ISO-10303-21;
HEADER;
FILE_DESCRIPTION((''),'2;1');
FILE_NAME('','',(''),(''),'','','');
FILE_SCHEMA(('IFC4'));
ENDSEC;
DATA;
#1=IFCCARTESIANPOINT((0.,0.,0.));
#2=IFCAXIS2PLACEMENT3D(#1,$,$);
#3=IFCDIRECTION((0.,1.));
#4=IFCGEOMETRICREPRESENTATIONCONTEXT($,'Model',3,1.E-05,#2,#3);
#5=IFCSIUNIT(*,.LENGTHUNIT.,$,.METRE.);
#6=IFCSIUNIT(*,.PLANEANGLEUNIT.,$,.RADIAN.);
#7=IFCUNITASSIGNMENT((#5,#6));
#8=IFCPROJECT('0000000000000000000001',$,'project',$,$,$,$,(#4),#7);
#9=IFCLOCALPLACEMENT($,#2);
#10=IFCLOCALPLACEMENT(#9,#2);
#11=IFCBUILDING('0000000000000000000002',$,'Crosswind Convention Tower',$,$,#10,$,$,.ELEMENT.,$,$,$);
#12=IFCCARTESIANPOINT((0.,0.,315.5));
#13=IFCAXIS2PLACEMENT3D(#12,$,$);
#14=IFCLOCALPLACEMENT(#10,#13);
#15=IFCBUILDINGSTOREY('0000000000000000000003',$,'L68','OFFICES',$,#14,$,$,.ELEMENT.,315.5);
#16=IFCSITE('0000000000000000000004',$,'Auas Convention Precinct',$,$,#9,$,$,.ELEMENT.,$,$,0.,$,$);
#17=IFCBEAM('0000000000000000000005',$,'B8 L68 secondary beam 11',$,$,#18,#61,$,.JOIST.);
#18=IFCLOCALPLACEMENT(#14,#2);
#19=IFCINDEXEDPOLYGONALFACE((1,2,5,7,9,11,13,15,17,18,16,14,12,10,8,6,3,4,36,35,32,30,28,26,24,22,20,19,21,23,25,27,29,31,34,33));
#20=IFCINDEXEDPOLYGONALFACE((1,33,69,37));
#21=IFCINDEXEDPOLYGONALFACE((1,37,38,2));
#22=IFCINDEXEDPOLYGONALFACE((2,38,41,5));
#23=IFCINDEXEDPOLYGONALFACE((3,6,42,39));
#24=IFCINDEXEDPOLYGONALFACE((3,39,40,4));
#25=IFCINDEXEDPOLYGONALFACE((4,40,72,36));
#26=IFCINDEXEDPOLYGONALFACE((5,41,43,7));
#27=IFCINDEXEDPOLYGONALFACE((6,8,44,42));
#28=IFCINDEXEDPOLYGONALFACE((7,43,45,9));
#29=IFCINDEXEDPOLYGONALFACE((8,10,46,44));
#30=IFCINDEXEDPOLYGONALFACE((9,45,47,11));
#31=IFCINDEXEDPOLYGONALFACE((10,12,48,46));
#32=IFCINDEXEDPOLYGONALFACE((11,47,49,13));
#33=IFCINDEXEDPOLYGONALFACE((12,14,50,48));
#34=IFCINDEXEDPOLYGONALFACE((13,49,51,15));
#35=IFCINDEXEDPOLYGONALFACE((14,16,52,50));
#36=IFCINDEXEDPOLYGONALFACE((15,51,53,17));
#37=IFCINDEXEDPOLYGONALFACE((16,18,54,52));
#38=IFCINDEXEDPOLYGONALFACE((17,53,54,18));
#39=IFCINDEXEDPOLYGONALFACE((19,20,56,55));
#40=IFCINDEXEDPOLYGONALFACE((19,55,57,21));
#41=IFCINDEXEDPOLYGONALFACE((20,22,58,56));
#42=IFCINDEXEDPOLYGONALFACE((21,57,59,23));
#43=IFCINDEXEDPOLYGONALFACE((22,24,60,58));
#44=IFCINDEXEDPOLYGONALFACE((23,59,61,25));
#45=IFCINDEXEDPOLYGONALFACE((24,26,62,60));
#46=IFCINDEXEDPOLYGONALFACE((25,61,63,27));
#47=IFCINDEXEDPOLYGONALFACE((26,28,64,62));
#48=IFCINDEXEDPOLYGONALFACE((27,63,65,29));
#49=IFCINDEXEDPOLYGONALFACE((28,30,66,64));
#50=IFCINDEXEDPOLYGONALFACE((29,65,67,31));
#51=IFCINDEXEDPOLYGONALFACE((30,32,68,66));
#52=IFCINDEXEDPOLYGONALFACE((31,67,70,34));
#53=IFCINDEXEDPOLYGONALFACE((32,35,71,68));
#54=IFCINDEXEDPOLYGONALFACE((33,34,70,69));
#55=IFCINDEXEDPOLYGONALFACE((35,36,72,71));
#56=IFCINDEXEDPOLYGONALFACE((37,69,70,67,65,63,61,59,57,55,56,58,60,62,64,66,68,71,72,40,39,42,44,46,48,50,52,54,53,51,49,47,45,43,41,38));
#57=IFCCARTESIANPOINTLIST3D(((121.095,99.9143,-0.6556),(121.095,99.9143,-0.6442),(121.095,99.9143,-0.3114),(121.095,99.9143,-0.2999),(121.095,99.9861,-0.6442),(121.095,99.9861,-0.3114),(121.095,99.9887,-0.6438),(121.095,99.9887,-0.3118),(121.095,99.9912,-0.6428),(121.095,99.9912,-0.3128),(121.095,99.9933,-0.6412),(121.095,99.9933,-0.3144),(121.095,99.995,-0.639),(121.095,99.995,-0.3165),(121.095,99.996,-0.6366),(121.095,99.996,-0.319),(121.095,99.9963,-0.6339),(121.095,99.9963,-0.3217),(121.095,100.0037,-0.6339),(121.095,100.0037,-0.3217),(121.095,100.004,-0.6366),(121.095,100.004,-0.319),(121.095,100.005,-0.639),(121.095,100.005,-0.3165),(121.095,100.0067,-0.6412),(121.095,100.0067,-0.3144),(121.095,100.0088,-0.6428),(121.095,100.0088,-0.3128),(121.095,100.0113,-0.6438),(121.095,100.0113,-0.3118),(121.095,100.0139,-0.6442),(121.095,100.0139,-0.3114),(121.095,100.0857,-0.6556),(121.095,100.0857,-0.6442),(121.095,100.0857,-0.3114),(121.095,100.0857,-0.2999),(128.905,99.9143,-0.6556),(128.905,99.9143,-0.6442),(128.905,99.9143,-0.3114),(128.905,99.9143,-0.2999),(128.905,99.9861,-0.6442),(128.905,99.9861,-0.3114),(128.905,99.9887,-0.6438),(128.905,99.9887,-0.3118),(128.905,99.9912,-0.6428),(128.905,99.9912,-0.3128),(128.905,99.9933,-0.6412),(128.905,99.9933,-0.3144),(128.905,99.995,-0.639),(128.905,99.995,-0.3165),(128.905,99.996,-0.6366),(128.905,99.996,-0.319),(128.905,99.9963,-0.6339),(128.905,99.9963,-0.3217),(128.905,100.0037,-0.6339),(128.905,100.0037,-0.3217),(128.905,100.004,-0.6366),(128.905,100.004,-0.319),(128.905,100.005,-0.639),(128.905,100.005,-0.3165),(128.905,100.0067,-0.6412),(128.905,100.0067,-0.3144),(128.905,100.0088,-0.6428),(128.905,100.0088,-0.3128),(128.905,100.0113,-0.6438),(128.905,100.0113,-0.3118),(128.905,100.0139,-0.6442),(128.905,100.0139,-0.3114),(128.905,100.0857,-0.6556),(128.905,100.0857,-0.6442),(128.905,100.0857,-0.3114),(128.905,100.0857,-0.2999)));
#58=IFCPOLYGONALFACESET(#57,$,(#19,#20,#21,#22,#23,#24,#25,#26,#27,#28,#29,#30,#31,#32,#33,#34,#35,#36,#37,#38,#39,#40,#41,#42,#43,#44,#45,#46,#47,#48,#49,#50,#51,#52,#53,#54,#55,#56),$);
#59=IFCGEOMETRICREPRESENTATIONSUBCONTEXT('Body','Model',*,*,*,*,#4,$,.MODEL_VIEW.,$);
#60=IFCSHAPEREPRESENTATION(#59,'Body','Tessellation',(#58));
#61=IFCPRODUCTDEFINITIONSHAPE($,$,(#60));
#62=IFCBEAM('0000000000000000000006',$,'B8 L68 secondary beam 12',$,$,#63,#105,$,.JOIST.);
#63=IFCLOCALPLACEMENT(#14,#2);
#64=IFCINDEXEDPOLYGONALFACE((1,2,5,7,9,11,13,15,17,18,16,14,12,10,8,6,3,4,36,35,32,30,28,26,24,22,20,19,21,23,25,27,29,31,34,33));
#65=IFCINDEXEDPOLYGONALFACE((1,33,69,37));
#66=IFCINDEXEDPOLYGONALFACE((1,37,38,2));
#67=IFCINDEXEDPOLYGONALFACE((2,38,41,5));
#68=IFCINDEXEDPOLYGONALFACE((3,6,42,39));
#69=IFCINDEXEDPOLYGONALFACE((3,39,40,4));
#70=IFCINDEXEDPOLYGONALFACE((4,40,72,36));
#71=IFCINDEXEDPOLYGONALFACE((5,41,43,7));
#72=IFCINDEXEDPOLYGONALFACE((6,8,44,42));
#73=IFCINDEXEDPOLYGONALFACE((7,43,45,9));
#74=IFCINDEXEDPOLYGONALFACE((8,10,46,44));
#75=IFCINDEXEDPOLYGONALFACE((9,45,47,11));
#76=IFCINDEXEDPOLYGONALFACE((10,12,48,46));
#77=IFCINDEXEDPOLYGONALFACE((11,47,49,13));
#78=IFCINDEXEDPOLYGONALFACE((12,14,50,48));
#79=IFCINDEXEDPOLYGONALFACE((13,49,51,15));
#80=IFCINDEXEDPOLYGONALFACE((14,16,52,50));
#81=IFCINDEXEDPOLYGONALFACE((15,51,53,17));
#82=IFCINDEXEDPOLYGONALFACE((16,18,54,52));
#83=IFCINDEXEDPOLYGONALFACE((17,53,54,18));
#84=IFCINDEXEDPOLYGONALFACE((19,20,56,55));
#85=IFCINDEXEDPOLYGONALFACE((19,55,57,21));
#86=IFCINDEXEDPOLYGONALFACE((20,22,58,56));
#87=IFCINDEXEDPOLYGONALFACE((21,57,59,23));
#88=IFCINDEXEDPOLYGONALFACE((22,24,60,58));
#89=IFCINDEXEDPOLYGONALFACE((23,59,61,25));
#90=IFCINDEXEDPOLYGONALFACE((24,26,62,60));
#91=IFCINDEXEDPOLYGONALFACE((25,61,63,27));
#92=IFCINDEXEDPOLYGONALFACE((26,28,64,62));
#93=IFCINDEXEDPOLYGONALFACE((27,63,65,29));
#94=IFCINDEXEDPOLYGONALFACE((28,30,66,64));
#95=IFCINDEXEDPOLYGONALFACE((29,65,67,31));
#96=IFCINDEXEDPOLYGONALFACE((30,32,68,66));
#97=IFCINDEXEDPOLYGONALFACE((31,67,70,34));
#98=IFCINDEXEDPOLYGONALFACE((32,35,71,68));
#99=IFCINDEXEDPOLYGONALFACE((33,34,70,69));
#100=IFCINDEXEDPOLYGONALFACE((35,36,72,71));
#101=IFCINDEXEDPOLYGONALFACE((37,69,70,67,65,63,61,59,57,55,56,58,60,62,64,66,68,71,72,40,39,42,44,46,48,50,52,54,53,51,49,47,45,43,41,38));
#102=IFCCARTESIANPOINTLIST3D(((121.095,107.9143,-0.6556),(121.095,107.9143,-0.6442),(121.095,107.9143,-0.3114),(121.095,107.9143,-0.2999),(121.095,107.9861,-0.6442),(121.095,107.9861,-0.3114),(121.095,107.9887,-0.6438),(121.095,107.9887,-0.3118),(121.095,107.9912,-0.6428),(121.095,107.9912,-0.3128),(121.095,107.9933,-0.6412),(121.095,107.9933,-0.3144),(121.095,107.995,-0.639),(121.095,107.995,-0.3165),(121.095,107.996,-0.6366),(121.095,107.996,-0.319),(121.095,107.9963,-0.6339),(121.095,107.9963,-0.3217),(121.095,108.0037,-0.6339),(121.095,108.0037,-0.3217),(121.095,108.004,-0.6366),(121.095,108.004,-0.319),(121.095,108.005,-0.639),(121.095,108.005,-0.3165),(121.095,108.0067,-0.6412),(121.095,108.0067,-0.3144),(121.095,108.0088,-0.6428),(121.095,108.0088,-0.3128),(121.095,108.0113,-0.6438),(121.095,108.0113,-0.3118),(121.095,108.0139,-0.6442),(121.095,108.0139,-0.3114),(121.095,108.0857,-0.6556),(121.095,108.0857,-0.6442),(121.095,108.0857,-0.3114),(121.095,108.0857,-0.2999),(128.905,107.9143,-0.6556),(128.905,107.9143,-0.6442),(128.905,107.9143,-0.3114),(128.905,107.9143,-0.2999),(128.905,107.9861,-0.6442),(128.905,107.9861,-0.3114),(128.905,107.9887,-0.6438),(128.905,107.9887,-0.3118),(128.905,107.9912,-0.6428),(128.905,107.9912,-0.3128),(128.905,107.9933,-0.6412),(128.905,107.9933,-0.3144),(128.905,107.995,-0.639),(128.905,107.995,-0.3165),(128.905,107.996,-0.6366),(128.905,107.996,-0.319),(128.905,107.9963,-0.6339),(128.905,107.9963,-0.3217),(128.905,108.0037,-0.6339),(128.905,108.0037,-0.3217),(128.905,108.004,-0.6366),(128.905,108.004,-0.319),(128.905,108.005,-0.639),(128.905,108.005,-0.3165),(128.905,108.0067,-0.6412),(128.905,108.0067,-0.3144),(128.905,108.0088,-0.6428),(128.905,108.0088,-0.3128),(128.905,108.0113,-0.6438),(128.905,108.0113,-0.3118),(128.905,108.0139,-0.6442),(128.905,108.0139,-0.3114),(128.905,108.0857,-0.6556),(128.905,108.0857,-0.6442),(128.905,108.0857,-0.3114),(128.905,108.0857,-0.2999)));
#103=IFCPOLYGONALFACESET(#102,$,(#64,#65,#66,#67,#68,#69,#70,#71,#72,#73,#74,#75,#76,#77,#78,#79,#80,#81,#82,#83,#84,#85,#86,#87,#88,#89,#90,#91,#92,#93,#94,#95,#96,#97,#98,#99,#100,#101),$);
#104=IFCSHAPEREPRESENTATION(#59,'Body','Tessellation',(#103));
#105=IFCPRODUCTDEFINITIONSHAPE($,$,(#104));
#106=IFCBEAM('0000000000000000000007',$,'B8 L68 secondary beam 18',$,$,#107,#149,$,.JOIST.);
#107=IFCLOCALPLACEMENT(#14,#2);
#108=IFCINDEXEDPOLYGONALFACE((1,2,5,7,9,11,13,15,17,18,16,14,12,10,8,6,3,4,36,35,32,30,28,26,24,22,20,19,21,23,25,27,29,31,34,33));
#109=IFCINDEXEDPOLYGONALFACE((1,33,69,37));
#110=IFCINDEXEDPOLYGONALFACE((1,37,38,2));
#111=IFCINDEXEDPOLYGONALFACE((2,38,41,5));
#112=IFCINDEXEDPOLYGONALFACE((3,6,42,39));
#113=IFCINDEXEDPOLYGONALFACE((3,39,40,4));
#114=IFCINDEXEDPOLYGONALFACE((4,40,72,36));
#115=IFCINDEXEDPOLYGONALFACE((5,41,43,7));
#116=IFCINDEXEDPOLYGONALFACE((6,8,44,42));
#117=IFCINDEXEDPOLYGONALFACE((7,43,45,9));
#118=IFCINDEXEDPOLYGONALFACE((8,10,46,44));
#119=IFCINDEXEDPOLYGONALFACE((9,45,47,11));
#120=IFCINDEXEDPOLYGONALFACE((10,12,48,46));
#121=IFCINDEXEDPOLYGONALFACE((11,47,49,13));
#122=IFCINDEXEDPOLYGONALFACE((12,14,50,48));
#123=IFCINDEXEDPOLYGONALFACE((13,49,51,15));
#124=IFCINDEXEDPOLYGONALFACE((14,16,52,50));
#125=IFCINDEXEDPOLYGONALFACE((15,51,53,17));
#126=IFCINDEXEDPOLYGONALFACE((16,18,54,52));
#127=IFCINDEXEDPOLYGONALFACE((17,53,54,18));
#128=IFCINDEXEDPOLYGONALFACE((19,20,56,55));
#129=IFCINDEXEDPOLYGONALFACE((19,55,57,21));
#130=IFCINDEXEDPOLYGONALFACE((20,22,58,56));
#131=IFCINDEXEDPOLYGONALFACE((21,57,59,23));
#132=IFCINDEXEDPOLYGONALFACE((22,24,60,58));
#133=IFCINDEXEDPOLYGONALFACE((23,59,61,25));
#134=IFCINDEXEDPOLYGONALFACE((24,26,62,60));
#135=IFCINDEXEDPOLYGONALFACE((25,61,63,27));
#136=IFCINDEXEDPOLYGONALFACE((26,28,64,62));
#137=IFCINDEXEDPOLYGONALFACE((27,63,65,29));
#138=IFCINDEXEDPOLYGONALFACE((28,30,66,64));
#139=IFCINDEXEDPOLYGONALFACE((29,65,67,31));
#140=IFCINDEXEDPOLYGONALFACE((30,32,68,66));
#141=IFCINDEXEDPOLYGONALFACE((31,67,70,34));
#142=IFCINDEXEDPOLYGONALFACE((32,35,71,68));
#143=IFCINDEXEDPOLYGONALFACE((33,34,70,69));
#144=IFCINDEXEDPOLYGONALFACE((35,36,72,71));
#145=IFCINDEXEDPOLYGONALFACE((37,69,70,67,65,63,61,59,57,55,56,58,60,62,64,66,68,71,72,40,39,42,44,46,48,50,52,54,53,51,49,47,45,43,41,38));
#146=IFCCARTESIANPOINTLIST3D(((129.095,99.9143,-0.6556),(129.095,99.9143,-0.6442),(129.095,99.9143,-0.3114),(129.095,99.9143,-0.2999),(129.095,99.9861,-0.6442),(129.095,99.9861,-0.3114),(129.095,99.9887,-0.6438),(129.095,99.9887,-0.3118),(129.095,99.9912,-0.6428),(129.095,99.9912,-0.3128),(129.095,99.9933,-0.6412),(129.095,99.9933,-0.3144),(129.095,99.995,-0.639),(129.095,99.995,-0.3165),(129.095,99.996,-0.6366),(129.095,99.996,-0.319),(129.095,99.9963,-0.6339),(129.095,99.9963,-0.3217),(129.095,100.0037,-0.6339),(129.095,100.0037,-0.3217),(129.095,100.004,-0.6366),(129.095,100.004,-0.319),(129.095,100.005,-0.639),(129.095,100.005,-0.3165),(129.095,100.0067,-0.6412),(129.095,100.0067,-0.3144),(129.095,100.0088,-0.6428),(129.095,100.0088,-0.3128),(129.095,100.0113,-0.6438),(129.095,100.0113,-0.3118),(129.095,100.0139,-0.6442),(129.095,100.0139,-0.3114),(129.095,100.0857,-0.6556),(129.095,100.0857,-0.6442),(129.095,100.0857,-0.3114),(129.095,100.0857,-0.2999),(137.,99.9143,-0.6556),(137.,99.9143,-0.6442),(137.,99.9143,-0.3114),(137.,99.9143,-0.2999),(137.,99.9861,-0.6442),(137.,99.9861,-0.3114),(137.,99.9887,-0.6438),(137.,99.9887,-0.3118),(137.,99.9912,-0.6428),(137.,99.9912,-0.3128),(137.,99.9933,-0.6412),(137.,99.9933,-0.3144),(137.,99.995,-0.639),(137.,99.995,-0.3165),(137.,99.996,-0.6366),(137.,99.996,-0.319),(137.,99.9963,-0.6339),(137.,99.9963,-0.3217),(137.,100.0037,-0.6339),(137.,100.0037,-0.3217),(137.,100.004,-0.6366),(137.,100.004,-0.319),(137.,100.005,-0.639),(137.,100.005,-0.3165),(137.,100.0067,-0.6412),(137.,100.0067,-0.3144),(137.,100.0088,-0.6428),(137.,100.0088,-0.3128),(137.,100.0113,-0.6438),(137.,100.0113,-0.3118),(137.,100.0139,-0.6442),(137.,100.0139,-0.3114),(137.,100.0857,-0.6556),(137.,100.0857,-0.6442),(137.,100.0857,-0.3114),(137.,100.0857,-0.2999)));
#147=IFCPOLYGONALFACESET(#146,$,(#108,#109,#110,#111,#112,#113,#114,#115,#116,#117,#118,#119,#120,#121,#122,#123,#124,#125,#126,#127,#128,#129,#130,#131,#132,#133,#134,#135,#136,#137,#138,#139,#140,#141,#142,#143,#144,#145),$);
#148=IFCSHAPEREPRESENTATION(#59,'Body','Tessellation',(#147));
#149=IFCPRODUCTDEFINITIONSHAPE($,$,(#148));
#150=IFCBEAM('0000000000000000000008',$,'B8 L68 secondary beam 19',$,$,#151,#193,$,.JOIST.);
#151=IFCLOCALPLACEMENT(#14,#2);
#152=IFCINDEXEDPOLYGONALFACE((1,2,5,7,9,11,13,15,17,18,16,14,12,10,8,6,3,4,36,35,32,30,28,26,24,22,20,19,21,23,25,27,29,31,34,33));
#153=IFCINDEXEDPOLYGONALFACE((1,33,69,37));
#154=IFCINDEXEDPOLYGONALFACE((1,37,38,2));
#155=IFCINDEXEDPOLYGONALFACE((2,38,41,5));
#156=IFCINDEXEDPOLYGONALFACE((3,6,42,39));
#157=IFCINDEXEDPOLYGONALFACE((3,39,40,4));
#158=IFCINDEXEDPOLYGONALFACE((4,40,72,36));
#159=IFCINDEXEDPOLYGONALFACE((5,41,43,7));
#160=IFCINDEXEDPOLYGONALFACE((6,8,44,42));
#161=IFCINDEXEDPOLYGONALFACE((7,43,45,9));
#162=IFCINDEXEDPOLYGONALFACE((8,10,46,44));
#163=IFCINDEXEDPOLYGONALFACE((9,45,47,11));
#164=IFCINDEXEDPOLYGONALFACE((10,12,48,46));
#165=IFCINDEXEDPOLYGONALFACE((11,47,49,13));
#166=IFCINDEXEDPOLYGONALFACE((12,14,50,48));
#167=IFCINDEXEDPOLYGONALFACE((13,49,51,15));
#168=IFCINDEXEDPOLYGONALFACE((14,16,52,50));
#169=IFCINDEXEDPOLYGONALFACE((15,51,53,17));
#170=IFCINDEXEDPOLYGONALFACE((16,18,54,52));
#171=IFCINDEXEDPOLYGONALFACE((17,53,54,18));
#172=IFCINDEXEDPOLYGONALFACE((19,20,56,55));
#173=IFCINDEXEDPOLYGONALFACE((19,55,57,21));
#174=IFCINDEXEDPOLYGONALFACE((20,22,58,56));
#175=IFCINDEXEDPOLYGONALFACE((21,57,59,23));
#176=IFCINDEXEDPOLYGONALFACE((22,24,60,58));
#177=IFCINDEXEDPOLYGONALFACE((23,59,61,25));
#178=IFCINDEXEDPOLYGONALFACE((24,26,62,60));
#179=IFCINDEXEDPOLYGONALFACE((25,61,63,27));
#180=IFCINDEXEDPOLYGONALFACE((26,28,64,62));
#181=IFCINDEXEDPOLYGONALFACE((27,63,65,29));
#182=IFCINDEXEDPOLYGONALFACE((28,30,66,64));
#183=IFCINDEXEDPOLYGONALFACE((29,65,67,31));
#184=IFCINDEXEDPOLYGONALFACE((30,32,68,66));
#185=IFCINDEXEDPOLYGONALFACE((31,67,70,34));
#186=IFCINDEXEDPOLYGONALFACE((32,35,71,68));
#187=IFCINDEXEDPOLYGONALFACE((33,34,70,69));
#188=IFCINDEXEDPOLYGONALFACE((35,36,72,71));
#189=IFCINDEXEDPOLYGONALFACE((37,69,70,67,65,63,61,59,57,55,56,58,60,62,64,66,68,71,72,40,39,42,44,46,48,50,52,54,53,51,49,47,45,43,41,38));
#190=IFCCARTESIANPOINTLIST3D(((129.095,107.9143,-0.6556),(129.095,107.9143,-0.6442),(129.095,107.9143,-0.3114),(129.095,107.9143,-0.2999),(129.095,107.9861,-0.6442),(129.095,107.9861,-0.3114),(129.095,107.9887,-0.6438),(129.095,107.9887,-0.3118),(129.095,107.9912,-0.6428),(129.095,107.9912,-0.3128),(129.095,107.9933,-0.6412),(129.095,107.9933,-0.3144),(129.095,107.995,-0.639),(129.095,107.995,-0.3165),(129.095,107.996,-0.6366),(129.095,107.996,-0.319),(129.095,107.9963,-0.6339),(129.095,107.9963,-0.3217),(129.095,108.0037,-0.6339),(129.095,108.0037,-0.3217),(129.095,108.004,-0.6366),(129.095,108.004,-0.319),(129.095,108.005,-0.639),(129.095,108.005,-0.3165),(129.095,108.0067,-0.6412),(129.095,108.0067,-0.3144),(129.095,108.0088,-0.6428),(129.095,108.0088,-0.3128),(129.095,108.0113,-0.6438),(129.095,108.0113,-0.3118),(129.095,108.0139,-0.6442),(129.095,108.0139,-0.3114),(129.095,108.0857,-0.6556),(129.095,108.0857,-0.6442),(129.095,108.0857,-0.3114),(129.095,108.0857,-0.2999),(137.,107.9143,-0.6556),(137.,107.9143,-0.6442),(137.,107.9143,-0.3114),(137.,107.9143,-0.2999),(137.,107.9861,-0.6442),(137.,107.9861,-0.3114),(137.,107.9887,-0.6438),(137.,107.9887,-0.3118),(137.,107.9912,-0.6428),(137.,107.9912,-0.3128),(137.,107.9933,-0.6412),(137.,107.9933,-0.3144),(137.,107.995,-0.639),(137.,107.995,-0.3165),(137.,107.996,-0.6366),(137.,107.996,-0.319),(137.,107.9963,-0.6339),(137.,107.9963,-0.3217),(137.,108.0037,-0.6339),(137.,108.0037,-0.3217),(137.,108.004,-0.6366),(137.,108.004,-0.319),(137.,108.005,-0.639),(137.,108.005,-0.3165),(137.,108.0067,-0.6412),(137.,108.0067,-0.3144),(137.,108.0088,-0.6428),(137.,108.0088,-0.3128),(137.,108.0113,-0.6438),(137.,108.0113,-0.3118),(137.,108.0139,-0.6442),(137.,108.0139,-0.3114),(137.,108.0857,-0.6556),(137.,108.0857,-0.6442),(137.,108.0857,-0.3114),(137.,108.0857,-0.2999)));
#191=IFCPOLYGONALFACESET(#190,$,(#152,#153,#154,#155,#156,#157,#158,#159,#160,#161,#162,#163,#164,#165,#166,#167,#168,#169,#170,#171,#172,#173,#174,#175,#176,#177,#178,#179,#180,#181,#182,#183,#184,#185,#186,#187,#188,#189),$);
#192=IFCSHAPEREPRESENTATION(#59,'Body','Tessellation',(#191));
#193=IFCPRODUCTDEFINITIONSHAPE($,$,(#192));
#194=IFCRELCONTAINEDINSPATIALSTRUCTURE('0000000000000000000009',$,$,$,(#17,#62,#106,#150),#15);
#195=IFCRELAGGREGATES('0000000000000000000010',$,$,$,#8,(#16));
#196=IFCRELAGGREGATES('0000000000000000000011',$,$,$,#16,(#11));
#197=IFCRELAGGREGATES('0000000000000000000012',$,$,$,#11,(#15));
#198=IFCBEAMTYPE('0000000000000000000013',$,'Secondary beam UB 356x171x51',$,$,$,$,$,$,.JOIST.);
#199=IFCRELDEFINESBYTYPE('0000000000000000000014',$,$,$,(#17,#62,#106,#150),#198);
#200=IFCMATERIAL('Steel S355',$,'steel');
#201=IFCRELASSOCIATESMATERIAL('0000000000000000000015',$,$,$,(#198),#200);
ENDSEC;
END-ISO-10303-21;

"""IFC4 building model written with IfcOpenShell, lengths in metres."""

from ifc_helpers import new_model, si_unit, direction, frame, origin, origin_2d, place, context, subcontext, project, spatial, i_section, extrude, material, material_profile, profile_set, type_object, element, save


model = new_model("IFC4")

# Units and contexts
model_context = context("Model", 3, precision=1e-05, world=origin(), true_north=direction((0.0, 1.0)))
body_context = subcontext(model_context, "Body", "Model", "MODEL_VIEW")
ifc_project = project(units=[si_unit("LENGTHUNIT", "METRE"), si_unit("PLANEANGLEUNIT", "RADIAN")], contexts=[model_context])

# Site, building, storey
site_placement = place(None, origin())
site = spatial("IfcSite", under=ifc_project, at=site_placement, Name="Auas Convention Precinct", CompositionType="ELEMENT", RefElevation=0.0)
building_placement = place(site_placement, origin())
building = spatial("IfcBuilding", under=site, at=building_placement, Name="Crosswind Convention Tower", CompositionType="ELEMENT")
storey_placement = place(building_placement, frame((0.0, 0.0, 315.5)))
storey = spatial("IfcBuildingStorey", under=building, at=storey_placement, Name="L68", Description="OFFICES", CompositionType="ELEMENT", Elevation=315.5)

# Beams
ifc_material_1 = material(Name="Steel S355", Category="steel")
ifc_material_profile_1 = material_profile(ifc_material_1, i_section(OverallWidth=0.1714, OverallDepth=0.3557, WebThickness=0.0073, FlangeThickness=0.0115, FilletRadius=0.0103, at=origin_2d()), Name="UB 356x171x51")
ifc_profile_set_1 = profile_set([ifc_material_profile_1], Name="Steel S355")
beam_type_1 = type_object("IfcBeamType", Name="Secondary beam UB 356x171x51", PredefinedType="JOIST", material=ifc_profile_set_1)
for number, where, z_axis, x_axis, name in (
    (1, (121.095, 100.0, -0.4778), (1.0, 0.0, 0.0), (0.0, 1.0, 0.0), "B8 L68 secondary beam 11"),
    (2, (121.095, 108.0, -0.4778), (1.0, 0.0, 0.0), (0.0, 1.0, 0.0), "B8 L68 secondary beam 12"),
):
    element("IfcBeam", number, at=place(storey_placement, frame(where, z_axis=z_axis, x_axis=x_axis)), inside=storey, type_object=beam_type_1, Name=name, PredefinedType="JOIST", context=body_context, shape_type="SweptSolid", body=[
        extrude(i_section(OverallWidth=0.1714, OverallDepth=0.3557, WebThickness=0.0073, FlangeThickness=0.0115, FilletRadius=0.0103, at=origin_2d()), origin(), (0.0, 0.0, 1.0), 7.8101),
    ])
for number, where, z_axis, x_axis, name in (
    (3, (129.095, 100.0, -0.4778), (1.0, 0.0, 0.0), (0.0, 1.0, 0.0), "B8 L68 secondary beam 18"),
    (4, (129.095, 108.0, -0.4778), (1.0, 0.0, 0.0), (0.0, 1.0, 0.0), "B8 L68 secondary beam 19"),
):
    element("IfcBeam", number, at=place(storey_placement, frame(where, z_axis=z_axis, x_axis=x_axis)), inside=storey, type_object=beam_type_1, Name=name, PredefinedType="JOIST", context=body_context, shape_type="SweptSolid", body=[
        extrude(i_section(OverallWidth=0.1714, OverallDepth=0.3557, WebThickness=0.0073, FlangeThickness=0.0115, FilletRadius=0.0103, at=origin_2d()), origin(), (0.0, 0.0, 1.0), 7.905),
    ])

save(model, "model.ifc")
